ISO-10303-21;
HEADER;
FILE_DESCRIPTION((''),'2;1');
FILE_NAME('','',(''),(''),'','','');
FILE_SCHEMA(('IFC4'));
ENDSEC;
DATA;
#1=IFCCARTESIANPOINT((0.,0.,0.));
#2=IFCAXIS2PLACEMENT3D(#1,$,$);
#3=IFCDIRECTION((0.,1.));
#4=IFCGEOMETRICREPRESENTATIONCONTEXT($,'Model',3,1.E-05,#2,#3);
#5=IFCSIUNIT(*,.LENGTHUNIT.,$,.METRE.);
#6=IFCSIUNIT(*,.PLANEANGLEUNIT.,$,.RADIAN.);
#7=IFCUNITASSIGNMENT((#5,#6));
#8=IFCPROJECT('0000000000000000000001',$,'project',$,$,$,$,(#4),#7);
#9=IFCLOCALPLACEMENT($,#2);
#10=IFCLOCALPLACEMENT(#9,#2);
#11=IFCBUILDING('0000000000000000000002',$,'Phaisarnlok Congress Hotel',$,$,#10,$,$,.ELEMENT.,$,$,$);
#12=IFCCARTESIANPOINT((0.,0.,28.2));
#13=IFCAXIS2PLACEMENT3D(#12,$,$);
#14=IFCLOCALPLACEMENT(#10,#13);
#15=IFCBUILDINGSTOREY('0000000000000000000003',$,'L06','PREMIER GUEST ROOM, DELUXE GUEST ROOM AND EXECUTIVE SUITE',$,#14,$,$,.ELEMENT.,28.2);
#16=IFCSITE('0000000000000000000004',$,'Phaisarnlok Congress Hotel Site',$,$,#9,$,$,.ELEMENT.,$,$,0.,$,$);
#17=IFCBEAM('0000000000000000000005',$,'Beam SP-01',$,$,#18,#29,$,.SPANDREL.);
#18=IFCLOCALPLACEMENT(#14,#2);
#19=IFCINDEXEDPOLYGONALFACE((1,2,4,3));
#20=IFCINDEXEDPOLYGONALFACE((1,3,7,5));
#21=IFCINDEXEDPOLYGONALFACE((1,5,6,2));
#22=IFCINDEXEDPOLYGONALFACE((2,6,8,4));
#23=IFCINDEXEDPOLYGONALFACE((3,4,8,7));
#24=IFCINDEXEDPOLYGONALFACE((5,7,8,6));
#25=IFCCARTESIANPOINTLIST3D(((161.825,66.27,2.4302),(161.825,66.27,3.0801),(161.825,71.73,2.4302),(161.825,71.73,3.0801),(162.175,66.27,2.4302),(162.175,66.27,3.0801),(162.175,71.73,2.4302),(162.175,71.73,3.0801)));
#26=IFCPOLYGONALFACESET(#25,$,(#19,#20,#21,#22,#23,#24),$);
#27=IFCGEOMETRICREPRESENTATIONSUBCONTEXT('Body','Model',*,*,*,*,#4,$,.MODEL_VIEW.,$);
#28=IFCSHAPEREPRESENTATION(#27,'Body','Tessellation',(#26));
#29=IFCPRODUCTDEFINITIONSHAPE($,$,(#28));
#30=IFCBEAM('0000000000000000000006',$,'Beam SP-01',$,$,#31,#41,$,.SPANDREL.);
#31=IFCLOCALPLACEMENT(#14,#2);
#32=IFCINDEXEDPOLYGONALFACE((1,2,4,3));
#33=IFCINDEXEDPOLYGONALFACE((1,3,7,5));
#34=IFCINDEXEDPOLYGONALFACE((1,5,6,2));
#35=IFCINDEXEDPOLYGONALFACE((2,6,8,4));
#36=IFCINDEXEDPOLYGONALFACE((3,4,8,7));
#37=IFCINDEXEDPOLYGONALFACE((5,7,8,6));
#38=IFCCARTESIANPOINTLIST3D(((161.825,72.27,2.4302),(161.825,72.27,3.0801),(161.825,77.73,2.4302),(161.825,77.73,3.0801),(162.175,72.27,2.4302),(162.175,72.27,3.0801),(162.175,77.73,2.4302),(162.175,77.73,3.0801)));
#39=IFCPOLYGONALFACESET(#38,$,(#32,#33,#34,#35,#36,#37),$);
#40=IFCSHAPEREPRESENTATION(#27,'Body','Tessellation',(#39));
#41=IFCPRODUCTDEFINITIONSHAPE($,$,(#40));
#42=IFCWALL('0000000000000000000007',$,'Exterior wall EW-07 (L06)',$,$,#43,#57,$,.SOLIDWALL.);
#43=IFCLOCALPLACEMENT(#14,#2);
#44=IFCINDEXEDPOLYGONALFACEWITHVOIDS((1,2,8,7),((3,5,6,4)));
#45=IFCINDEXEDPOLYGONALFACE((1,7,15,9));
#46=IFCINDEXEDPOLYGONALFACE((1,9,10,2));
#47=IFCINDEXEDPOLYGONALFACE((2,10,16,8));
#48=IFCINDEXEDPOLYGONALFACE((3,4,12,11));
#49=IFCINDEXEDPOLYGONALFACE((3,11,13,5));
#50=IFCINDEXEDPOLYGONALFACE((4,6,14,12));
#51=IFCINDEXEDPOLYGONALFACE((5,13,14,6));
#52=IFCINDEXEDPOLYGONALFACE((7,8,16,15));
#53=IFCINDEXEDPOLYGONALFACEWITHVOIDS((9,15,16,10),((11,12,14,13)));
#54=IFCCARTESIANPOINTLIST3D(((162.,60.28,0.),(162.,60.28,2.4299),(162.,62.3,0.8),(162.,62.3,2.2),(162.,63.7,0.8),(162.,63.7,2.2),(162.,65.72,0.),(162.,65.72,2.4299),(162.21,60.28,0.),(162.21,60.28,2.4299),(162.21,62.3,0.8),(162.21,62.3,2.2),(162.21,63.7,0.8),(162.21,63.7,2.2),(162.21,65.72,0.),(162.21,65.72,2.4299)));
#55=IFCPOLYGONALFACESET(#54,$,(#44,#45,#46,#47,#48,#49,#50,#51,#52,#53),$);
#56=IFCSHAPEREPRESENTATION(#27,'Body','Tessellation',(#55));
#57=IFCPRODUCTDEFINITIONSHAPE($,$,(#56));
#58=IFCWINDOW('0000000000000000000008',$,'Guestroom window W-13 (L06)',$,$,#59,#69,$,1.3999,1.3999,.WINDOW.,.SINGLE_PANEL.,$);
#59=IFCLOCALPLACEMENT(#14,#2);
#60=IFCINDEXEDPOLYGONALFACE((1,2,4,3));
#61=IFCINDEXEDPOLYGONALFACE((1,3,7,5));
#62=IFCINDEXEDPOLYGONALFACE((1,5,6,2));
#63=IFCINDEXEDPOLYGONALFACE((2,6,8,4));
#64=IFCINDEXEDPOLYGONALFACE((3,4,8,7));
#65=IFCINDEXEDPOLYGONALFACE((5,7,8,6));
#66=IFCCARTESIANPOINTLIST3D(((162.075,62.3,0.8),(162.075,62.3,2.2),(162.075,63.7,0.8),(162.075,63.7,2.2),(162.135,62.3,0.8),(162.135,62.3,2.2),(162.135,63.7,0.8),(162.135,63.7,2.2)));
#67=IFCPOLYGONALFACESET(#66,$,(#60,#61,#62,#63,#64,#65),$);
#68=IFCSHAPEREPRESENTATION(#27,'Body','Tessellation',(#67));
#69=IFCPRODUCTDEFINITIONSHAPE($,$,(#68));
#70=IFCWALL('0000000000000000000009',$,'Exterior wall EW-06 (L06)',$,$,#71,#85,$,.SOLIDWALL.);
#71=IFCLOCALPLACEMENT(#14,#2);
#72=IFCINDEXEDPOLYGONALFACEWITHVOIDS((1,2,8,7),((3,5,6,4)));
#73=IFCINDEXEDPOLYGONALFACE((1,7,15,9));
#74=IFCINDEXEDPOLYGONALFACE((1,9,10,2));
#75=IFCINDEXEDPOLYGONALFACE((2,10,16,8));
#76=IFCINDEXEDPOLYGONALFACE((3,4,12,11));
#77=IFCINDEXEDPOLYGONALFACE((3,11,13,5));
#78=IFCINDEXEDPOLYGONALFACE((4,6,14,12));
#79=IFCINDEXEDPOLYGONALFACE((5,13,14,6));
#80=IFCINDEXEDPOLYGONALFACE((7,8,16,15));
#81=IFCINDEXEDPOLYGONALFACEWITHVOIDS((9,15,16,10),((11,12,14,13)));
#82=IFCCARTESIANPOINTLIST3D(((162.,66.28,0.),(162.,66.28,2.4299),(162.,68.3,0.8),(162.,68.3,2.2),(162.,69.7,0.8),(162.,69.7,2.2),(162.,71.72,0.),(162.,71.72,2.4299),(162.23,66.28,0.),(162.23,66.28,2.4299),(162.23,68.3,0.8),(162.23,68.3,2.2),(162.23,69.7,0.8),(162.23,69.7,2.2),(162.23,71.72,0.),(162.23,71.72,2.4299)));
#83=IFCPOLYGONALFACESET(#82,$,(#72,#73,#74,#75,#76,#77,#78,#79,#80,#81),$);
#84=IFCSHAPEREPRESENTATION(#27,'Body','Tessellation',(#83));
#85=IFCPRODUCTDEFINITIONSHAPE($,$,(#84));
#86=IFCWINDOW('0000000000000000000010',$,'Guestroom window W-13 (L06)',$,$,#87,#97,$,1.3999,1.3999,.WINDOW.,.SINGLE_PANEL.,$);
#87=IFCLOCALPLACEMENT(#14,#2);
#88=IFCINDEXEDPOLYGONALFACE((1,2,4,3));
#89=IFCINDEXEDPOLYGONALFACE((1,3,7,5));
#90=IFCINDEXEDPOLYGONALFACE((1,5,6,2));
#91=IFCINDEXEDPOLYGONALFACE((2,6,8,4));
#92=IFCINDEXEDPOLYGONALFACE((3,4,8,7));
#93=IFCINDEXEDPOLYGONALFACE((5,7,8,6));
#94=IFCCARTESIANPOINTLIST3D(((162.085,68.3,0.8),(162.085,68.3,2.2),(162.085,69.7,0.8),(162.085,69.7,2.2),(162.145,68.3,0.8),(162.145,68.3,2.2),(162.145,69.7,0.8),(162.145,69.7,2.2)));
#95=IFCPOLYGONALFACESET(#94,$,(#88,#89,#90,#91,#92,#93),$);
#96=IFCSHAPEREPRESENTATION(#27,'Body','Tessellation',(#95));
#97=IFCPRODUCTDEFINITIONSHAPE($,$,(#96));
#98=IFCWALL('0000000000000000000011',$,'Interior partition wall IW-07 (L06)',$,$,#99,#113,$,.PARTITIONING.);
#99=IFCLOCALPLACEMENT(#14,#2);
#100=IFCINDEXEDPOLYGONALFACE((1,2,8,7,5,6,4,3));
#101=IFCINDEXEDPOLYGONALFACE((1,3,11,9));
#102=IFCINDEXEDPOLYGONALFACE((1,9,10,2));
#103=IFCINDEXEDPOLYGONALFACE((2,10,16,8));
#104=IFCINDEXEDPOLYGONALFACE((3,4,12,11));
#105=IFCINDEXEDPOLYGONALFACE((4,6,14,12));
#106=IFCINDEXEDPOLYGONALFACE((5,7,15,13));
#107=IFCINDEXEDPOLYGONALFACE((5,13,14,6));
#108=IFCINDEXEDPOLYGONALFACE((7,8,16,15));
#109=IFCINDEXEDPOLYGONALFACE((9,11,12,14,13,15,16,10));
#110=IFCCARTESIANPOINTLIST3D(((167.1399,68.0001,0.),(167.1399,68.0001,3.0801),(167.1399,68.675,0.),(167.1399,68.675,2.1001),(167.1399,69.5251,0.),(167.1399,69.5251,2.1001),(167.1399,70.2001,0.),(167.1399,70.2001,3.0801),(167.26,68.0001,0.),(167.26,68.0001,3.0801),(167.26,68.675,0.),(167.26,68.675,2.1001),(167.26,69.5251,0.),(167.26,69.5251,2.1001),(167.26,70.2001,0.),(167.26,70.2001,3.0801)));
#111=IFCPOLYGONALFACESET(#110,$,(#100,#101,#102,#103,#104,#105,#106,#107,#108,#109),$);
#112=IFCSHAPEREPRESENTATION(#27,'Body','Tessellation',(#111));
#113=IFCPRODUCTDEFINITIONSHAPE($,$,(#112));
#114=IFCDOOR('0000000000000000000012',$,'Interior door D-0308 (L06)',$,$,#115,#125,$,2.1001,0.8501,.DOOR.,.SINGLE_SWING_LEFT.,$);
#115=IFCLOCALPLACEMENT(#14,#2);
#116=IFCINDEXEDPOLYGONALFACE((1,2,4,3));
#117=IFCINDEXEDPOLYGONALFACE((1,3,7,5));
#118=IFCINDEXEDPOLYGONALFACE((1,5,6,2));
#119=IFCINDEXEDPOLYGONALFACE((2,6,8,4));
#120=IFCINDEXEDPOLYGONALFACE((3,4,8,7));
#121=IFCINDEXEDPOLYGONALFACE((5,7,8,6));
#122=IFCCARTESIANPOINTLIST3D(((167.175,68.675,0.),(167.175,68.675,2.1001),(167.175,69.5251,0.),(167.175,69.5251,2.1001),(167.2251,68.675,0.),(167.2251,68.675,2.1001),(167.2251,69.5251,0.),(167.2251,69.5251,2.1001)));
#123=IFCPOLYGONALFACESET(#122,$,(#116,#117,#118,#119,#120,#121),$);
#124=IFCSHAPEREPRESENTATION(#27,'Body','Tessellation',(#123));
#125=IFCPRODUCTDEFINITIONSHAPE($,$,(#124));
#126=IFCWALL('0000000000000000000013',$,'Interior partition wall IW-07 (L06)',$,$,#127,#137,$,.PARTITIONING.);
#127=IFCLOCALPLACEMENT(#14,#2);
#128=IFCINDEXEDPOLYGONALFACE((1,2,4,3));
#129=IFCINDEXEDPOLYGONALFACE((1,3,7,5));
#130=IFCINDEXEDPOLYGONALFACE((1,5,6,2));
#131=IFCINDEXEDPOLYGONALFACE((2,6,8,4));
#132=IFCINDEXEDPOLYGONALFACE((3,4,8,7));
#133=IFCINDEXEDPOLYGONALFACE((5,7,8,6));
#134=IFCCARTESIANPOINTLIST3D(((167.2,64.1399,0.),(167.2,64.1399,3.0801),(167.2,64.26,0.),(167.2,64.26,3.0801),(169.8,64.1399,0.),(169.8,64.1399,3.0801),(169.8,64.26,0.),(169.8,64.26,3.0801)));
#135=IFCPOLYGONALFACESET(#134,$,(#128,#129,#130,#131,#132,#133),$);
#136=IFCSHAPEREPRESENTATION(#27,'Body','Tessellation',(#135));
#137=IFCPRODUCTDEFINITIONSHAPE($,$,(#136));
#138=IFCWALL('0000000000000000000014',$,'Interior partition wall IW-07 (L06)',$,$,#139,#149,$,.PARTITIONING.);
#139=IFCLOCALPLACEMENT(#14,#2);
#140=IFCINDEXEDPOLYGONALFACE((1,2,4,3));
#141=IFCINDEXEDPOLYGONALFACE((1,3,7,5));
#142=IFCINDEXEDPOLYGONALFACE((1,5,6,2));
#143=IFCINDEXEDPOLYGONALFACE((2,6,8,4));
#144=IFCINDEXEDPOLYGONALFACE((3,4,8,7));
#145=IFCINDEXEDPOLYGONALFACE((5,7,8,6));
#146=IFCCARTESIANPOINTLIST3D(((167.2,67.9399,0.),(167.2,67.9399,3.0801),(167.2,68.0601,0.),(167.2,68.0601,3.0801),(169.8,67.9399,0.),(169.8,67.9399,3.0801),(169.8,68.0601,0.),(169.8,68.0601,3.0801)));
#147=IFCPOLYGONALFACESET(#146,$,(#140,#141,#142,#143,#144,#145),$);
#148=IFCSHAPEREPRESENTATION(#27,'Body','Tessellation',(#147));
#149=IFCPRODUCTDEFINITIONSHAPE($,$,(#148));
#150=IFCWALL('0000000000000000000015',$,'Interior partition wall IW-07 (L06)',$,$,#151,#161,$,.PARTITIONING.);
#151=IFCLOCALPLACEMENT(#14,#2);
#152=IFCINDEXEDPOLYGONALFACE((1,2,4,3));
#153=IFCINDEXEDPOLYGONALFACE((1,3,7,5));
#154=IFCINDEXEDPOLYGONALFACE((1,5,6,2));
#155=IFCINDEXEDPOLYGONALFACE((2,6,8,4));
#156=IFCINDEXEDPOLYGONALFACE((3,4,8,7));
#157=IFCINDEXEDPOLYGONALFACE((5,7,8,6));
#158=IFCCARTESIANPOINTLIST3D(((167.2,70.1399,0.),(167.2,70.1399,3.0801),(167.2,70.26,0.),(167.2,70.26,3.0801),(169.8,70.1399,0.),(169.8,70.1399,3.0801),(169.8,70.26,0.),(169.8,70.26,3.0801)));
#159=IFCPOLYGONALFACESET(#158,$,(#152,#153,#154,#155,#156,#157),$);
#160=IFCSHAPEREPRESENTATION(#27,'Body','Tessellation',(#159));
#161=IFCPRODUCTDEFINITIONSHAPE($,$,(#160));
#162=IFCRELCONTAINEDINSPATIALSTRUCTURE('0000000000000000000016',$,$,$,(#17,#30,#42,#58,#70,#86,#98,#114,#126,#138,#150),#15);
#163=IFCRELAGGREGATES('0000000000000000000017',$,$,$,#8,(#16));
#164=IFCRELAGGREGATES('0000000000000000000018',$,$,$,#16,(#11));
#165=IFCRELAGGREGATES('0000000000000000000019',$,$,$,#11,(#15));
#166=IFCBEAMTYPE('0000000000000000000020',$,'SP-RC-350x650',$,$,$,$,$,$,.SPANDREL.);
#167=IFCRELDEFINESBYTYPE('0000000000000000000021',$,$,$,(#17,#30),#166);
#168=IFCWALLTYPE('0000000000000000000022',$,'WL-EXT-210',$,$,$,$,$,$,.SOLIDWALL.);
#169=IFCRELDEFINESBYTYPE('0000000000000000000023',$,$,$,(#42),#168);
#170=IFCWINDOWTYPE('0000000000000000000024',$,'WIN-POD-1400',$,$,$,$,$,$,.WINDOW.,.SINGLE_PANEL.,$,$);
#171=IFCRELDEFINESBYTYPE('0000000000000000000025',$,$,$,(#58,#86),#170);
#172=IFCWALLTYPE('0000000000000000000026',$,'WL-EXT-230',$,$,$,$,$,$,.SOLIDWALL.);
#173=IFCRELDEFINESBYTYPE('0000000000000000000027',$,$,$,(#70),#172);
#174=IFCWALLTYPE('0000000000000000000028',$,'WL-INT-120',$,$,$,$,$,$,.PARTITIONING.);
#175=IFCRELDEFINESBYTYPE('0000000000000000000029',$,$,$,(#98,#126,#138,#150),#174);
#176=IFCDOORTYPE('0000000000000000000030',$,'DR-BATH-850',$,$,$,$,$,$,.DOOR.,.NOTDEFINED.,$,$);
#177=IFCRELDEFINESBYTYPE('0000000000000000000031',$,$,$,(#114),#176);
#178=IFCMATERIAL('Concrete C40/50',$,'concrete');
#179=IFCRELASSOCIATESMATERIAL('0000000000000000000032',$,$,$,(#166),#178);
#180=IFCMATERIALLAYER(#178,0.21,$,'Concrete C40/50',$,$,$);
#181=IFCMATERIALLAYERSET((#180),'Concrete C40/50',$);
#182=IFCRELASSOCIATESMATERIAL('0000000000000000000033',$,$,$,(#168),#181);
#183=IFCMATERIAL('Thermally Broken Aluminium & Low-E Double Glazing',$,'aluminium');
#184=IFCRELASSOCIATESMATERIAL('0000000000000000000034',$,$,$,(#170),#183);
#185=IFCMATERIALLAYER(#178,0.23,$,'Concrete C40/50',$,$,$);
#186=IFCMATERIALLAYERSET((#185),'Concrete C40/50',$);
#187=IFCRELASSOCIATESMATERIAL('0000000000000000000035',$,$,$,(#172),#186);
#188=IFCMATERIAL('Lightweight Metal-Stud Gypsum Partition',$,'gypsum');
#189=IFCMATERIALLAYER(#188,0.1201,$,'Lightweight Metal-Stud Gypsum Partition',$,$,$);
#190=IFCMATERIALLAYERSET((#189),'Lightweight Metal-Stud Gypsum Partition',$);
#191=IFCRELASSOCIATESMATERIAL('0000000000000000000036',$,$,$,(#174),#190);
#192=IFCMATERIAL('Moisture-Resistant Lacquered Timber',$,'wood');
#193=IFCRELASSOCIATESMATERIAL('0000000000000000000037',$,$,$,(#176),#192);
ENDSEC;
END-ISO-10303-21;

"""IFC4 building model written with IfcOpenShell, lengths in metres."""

from ifc_helpers import new_model, si_unit, direction, frame, frame_2d, origin, origin_2d, place, context, subcontext, project, spatial, rectangle, extrude, material, layer, layer_set, material_profile, profile_set, type_object, element, fill, save


model = new_model("IFC4")

# Units and contexts
model_context = context("Model", 3, precision=1e-05, world=origin(), true_north=direction((0.0, 1.0)))
body_context = subcontext(model_context, "Body", "Model", "MODEL_VIEW")
ifc_project = project(units=[si_unit("LENGTHUNIT", "METRE"), si_unit("PLANEANGLEUNIT", "RADIAN")], contexts=[model_context])

# Site, building, storey
site_placement = place(None, origin())
site = spatial("IfcSite", under=ifc_project, at=site_placement, Name="Phaisarnlok Congress Hotel Site", CompositionType="ELEMENT", RefElevation=0.0)
building_placement = place(site_placement, origin())
building = spatial("IfcBuilding", under=site, at=building_placement, Name="Phaisarnlok Congress Hotel", CompositionType="ELEMENT")
storey_placement = place(building_placement, frame((0.0, 0.0, 28.2)))
storey = spatial("IfcBuildingStorey", under=building, at=storey_placement, Name="L06", Description="PREMIER GUEST ROOM, DELUXE GUEST ROOM AND EXECUTIVE SUITE", CompositionType="ELEMENT", Elevation=28.2)

# Beams
ifc_material_1 = material(Name="Concrete C40/50", Category="concrete")
ifc_material_profile_1 = material_profile(ifc_material_1, rectangle(XDim=0.3501, YDim=0.6499, at=origin_2d()), Name="RC 350x650")
ifc_profile_set_1 = profile_set([ifc_material_profile_1], Name="Concrete C40/50")
beam_type_1 = type_object("IfcBeamType", Name="SP-RC-350x650", PredefinedType="SPANDREL", material=ifc_profile_set_1)
for number, where, z_axis, x_axis, name in (
    (1, (162.0, 66.27, 2.7551), (0.0, 1.0, 0.0), (-1.0, 0.0, 0.0), "Beam SP-01"),
    (2, (162.0, 72.27, 2.7551), (0.0, 1.0, 0.0), (-1.0, 0.0, 0.0), "Beam SP-01"),
):
    element("IfcBeam", number, at=place(storey_placement, frame(where, z_axis=z_axis, x_axis=x_axis)), inside=storey, type_object=beam_type_1, Name=name, PredefinedType="SPANDREL", context=body_context, shape_type="SweptSolid", body=[
        extrude(rectangle(XDim=0.3501, YDim=0.6499, at=origin_2d()), origin(), (0.0, 0.0, 1.0), 5.46),
    ])

# Walls, openings, windows
ifc_layer_1 = layer(ifc_material_1, 0.21, Name="Concrete C40/50")
ifc_layer_set_1 = layer_set([ifc_layer_1], Name="Concrete C40/50")
wall_type_1 = type_object("IfcWallType", Name="WL-EXT-210", PredefinedType="SOLIDWALL", material=ifc_layer_set_1)
wall_1_placement = place(storey_placement, frame((162.105, 65.72, 0.0), z_axis=(0.0, 0.0, 1.0), x_axis=(0.0, -1.0, 0.0)))
wall_1 = element("IfcWall", 3, at=wall_1_placement, inside=storey, type_object=wall_type_1, Name="Exterior wall EW-07 (L06)", PredefinedType="SOLIDWALL", context=body_context, shape_type="SweptSolid", body=[
    extrude(rectangle(XDim=5.4399, YDim=0.21, at=frame_2d((2.72, 0.0))), origin(), (0.0, 0.0, 1.0), 2.4299),
])
opening_1_placement = place(wall_1_placement, frame((2.02, 0.0, 0.8)))
opening_1 = element("IfcOpeningElement", 4, at=opening_1_placement, cuts=wall_1, PredefinedType="OPENING", context=body_context, shape_type="SweptSolid", body=[
    extrude(rectangle(XDim=1.3999, YDim=1.3999, at=frame_2d((0.7, 0.7))), frame((0.0, 0.115, 0.0), z_axis=(0.0, -1.0, 0.0), x_axis=(1.0, 0.0, 0.0)), (0.0, 0.0, 1.0), 0.23),
])
ifc_material_2 = material(Name="Thermally Broken Aluminium & Low-E Double Glazing", Category="aluminium")
window_type = type_object("IfcWindowType", Name="WIN-POD-1400", PartitioningType="SINGLE_PANEL", PredefinedType="WINDOW", material=ifc_material_2)
window_1_placement = place(opening_1_placement, origin())
window_1 = element("IfcWindow", 5, at=window_1_placement, inside=storey, type_object=window_type, Name="Guestroom window W-13 (L06)", OverallHeight=1.3999, OverallWidth=1.3999, PartitioningType="SINGLE_PANEL", PredefinedType="WINDOW", context=body_context, shape_type="SweptSolid", body=[
    extrude(rectangle(XDim=1.3999, YDim=1.3999, at=frame_2d((0.7, 0.7))), frame((0.0, 0.03, 0.0), z_axis=(0.0, -1.0, 0.0), x_axis=(1.0, 0.0, 0.0)), (0.0, 0.0, 1.0), 0.0601),
])
fill(opening_1, window_1)
ifc_layer_2 = layer(ifc_material_1, 0.23, Name="Concrete C40/50")
ifc_layer_set_2 = layer_set([ifc_layer_2], Name="Concrete C40/50")
wall_type_2 = type_object("IfcWallType", Name="WL-EXT-230", PredefinedType="SOLIDWALL", material=ifc_layer_set_2)
wall_2_placement = place(storey_placement, frame((162.115, 71.72, 0.0), z_axis=(0.0, 0.0, 1.0), x_axis=(0.0, -1.0, 0.0)))
wall_2 = element("IfcWall", 6, at=wall_2_placement, inside=storey, type_object=wall_type_2, Name="Exterior wall EW-06 (L06)", PredefinedType="SOLIDWALL", context=body_context, shape_type="SweptSolid", body=[
    extrude(rectangle(XDim=5.4399, YDim=0.23, at=frame_2d((2.72, 0.0))), origin(), (0.0, 0.0, 1.0), 2.4299),
])
opening_2_placement = place(wall_2_placement, frame((2.02, 0.0, 0.8)))
opening_2 = element("IfcOpeningElement", 7, at=opening_2_placement, cuts=wall_2, PredefinedType="OPENING", context=body_context, shape_type="SweptSolid", body=[
    extrude(rectangle(XDim=1.3999, YDim=1.3999, at=frame_2d((0.7, 0.7))), frame((0.0, 0.125, 0.0), z_axis=(0.0, -1.0, 0.0), x_axis=(1.0, 0.0, 0.0)), (0.0, 0.0, 1.0), 0.25),
])
window_2_placement = place(opening_2_placement, origin())
window_2 = element("IfcWindow", 8, at=window_2_placement, inside=storey, type_object=window_type, Name="Guestroom window W-13 (L06)", OverallHeight=1.3999, OverallWidth=1.3999, PartitioningType="SINGLE_PANEL", PredefinedType="WINDOW", context=body_context, shape_type="SweptSolid", body=[
    extrude(rectangle(XDim=1.3999, YDim=1.3999, at=frame_2d((0.7, 0.7))), frame((0.0, 0.03, 0.0), z_axis=(0.0, -1.0, 0.0), x_axis=(1.0, 0.0, 0.0)), (0.0, 0.0, 1.0), 0.0601),
])
fill(opening_2, window_2)

# Wall, opening, door
ifc_material_3 = material(Name="Lightweight Metal-Stud Gypsum Partition", Category="gypsum")
ifc_layer_3 = layer(ifc_material_3, 0.1201, Name="Lightweight Metal-Stud Gypsum Partition")
ifc_layer_set_3 = layer_set([ifc_layer_3], Name="Lightweight Metal-Stud Gypsum Partition")
wall_type_3 = type_object("IfcWallType", Name="WL-INT-120", PredefinedType="PARTITIONING", material=ifc_layer_set_3)
wall_3_placement = place(storey_placement, frame((167.2, 68.0, 0.0), z_axis=(0.0, 0.0, 1.0), x_axis=(0.0, 1.0, 0.0)))
wall_3 = element("IfcWall", 9, at=wall_3_placement, inside=storey, type_object=wall_type_3, Name="Interior partition wall IW-07 (L06)", PredefinedType="PARTITIONING", context=body_context, shape_type="SweptSolid", body=[
    extrude(rectangle(XDim=2.2, YDim=0.1201, at=frame_2d((1.1001, 0.0))), origin(), (0.0, 0.0, 1.0), 3.0801),
])
opening_3_placement = place(wall_3_placement, frame((0.675, 0.0, 0.0)))
opening_3 = element("IfcOpeningElement", 10, at=opening_3_placement, cuts=wall_3, PredefinedType="OPENING", context=body_context, shape_type="SweptSolid", body=[
    extrude(rectangle(XDim=0.8501, YDim=2.1001, at=frame_2d((0.425, 1.05))), frame((0.0, 0.0701, 0.0), z_axis=(0.0, -1.0, 0.0), x_axis=(1.0, 0.0, 0.0)), (0.0, 0.0, 1.0), 0.1401),
])
ifc_material_4 = material(Name="Moisture-Resistant Lacquered Timber", Category="wood")
door_type = type_object("IfcDoorType", Name="DR-BATH-850", OperationType="NOTDEFINED", PredefinedType="DOOR", material=ifc_material_4)
door_1_placement = place(opening_3_placement, origin())
door_1 = element("IfcDoor", 11, at=door_1_placement, inside=storey, type_object=door_type, Name="Interior door D-0308 (L06)", OperationType="SINGLE_SWING_LEFT", OverallHeight=2.1001, OverallWidth=0.8501, PredefinedType="DOOR", context=body_context, shape_type="SweptSolid", body=[
    extrude(rectangle(XDim=0.8501, YDim=2.1001, at=frame_2d((0.425, 1.05))), frame((0.0, 0.0249, 0.0), z_axis=(0.0, -1.0, 0.0), x_axis=(1.0, 0.0, 0.0)), (0.0, 0.0, 1.0), 0.05),
])
fill(opening_3, door_1)

# Walls
for number, where, z_axis, x_axis, name in (
    (12, (167.2, 64.2, 0.0), (0.0, 0.0, 1.0), (1.0, 0.0, 0.0), "Interior partition wall IW-07 (L06)"),
    (13, (167.2, 68.0, 0.0), (0.0, 0.0, 1.0), (1.0, 0.0, 0.0), "Interior partition wall IW-07 (L06)"),
    (14, (167.2, 70.2, 0.0), (0.0, 0.0, 1.0), (1.0, 0.0, 0.0), "Interior partition wall IW-07 (L06)"),
):
    element("IfcWall", number, at=place(storey_placement, frame(where, z_axis=z_axis, x_axis=x_axis)), inside=storey, type_object=wall_type_3, Name=name, PredefinedType="PARTITIONING", context=body_context, shape_type="SweptSolid", body=[
        extrude(rectangle(XDim=2.6001, YDim=0.1201, at=frame_2d((1.3, 0.0))), origin(), (0.0, 0.0, 1.0), 3.0801),
    ])

save(model, "model.ifc")
